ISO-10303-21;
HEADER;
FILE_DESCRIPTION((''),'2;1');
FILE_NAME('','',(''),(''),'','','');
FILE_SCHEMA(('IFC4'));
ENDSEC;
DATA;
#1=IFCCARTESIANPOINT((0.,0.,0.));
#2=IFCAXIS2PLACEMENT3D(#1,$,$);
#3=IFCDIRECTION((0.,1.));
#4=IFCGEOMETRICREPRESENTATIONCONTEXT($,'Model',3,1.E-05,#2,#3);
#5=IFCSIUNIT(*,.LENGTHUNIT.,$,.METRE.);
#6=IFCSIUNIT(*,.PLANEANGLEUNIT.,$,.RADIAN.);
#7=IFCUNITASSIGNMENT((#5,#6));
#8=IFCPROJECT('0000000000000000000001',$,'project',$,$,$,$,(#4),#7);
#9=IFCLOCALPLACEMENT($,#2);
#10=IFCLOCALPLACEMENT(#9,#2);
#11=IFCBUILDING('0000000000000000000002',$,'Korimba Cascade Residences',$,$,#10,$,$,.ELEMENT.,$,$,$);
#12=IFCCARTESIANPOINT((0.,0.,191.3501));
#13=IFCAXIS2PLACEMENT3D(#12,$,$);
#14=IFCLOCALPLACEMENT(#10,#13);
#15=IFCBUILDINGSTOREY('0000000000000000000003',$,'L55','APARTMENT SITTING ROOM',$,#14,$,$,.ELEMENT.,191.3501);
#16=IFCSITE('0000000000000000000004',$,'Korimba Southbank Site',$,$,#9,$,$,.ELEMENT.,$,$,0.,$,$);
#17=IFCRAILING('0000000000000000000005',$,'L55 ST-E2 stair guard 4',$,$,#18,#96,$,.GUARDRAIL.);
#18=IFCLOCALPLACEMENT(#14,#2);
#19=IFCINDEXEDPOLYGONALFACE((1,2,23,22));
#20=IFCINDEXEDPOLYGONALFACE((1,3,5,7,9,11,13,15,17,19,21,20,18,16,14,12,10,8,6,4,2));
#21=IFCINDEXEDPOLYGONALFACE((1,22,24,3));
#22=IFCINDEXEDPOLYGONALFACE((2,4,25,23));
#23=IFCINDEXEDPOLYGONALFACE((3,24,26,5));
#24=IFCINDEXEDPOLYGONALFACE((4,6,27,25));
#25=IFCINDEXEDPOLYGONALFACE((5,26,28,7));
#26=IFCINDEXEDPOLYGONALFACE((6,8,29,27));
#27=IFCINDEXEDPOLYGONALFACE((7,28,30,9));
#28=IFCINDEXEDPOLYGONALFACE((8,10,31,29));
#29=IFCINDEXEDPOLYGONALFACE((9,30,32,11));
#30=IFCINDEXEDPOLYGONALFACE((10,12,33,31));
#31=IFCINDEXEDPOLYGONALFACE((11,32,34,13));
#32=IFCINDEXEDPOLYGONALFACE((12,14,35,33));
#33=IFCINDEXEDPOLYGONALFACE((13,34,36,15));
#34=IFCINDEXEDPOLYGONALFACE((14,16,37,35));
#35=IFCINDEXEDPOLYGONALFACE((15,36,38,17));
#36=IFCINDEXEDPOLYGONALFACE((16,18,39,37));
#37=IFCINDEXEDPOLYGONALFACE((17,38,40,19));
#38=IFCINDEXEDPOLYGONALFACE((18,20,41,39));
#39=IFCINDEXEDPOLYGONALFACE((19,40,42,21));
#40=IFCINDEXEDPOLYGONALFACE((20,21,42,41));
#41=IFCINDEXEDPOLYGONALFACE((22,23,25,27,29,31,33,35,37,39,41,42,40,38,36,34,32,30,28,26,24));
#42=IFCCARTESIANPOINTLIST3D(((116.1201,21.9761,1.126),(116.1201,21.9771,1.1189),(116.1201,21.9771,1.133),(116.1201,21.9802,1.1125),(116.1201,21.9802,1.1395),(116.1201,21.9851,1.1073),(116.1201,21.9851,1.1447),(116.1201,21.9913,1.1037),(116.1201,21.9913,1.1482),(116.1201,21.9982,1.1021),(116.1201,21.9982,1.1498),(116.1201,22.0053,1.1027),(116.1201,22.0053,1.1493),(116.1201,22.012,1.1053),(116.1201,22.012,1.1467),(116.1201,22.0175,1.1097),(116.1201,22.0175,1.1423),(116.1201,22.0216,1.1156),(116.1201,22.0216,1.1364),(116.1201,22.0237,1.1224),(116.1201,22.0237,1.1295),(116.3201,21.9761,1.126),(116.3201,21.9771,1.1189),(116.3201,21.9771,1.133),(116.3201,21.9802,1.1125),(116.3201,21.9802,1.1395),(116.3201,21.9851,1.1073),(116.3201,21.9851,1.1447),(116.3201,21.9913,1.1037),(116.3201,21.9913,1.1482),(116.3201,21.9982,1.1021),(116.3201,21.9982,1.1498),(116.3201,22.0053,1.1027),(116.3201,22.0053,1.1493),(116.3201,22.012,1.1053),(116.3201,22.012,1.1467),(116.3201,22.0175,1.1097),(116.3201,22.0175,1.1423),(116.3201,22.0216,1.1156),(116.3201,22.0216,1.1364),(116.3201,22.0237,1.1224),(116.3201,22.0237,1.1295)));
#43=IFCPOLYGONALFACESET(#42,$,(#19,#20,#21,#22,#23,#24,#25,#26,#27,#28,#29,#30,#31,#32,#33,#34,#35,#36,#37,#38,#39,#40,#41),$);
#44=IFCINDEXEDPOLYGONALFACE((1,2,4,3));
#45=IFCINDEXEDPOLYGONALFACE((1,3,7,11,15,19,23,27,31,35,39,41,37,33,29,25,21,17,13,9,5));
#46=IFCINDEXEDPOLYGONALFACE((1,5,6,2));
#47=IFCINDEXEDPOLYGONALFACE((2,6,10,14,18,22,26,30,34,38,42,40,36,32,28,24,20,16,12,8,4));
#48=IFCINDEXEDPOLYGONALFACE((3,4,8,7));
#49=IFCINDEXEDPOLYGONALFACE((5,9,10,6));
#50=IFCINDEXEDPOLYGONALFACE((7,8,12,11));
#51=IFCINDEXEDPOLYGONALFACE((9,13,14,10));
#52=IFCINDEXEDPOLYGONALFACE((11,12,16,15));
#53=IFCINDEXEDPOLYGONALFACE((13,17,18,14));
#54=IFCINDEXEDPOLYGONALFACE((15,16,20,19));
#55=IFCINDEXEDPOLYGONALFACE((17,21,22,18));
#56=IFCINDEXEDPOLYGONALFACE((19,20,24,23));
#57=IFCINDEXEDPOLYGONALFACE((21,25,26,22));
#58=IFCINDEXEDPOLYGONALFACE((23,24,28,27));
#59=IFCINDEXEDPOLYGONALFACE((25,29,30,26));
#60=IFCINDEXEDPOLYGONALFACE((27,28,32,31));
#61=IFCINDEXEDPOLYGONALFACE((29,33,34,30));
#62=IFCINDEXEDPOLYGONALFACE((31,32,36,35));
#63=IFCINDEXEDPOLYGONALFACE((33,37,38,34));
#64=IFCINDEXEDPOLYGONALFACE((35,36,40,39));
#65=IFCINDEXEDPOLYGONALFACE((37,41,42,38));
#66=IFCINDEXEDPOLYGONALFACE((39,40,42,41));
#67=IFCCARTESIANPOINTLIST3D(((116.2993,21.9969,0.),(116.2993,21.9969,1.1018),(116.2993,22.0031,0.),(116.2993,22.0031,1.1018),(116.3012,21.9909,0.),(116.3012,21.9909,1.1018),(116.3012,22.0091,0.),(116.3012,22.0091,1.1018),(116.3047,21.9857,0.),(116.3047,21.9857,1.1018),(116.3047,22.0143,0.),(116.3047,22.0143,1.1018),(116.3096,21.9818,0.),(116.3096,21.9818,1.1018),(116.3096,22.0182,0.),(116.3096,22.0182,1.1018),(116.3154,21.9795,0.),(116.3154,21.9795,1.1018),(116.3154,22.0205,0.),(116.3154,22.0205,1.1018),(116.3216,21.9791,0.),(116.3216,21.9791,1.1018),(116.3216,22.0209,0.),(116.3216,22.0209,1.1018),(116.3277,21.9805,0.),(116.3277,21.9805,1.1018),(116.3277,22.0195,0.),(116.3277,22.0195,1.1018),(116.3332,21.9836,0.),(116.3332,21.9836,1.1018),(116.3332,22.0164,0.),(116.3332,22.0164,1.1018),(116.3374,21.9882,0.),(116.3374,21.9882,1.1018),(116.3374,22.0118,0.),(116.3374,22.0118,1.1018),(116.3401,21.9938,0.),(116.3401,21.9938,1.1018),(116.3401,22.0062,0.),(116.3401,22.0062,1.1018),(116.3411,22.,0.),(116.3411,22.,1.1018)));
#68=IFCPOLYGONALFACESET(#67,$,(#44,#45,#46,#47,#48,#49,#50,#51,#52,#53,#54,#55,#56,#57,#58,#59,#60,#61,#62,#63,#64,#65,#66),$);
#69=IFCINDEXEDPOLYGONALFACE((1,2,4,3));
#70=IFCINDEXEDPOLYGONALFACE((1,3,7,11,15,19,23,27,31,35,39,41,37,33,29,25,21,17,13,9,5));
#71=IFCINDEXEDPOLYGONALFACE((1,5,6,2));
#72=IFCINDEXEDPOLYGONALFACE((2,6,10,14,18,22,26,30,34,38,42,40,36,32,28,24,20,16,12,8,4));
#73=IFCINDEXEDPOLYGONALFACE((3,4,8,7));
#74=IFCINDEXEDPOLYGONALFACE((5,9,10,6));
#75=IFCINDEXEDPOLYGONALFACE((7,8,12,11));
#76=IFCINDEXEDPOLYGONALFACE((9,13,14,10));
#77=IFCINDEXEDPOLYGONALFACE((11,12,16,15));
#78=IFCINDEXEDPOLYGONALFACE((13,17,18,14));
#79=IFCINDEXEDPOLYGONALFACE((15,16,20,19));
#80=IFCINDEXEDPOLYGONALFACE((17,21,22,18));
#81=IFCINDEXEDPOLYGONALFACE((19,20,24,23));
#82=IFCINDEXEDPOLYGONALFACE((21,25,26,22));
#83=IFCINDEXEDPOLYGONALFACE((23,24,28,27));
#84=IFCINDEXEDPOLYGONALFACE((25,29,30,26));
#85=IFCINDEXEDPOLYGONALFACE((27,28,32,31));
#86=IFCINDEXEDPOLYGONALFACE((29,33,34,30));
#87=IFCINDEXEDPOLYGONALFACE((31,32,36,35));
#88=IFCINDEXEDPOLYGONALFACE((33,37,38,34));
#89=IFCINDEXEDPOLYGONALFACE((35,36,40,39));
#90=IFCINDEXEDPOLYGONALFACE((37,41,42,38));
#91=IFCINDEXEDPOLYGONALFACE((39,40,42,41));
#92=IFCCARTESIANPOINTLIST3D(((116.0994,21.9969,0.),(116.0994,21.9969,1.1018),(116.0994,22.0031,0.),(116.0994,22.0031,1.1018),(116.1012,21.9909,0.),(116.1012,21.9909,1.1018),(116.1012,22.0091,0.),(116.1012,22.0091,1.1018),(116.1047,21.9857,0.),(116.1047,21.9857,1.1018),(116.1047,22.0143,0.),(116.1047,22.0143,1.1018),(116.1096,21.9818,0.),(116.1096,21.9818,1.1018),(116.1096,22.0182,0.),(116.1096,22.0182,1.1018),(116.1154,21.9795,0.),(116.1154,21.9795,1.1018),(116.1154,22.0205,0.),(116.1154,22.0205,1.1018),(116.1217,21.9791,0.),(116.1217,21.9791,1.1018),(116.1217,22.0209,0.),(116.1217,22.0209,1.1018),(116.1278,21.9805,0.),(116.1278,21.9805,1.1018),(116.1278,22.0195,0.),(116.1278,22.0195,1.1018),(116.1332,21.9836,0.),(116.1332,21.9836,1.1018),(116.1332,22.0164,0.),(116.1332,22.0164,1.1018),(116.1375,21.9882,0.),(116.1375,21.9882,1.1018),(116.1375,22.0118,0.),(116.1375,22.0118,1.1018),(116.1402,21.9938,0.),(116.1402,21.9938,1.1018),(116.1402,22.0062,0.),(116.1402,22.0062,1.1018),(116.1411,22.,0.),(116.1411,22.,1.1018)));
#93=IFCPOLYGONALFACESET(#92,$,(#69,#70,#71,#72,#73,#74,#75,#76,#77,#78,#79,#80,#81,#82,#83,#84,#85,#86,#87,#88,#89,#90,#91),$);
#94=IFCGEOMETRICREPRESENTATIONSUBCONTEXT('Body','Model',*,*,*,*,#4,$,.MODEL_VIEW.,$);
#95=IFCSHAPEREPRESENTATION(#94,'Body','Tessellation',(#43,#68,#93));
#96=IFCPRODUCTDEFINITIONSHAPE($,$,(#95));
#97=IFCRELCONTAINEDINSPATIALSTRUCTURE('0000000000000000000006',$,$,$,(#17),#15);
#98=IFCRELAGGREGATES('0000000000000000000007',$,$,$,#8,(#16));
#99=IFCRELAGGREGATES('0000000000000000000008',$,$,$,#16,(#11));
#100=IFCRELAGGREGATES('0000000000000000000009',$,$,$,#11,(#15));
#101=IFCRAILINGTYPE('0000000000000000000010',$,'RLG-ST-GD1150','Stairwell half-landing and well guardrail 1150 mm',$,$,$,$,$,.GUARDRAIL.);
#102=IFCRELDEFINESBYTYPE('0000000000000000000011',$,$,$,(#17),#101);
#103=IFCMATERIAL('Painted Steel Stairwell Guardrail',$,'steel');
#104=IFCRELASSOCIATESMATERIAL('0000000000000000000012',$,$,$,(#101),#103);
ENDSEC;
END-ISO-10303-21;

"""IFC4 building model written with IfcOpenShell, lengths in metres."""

from ifc_helpers import new_model, si_unit, direction, frame, origin, origin_2d, place, context, subcontext, project, spatial, circle, extrude, material, type_object, element, save


model = new_model("IFC4")

# Units and contexts
model_context = context("Model", 3, precision=1e-05, world=origin(), true_north=direction((0.0, 1.0)))
body_context = subcontext(model_context, "Body", "Model", "MODEL_VIEW")
ifc_project = project(units=[si_unit("LENGTHUNIT", "METRE"), si_unit("PLANEANGLEUNIT", "RADIAN")], contexts=[model_context])

# Site, building, storey
site_placement = place(None, origin())
site = spatial("IfcSite", under=ifc_project, at=site_placement, Name="Korimba Southbank Site", CompositionType="ELEMENT", RefElevation=0.0)
building_placement = place(site_placement, origin())
building = spatial("IfcBuilding", under=site, at=building_placement, Name="Korimba Cascade Residences", CompositionType="ELEMENT")
storey_placement = place(building_placement, frame((0.0, 0.0, 191.3501)))
storey = spatial("IfcBuildingStorey", under=building, at=storey_placement, Name="L55", Description="APARTMENT SITTING ROOM", CompositionType="ELEMENT", Elevation=191.3501)

# Railing
ifc_material_1 = material(Name="Painted Steel Stairwell Guardrail", Category="steel")
railing_type_1 = type_object("IfcRailingType", Name="RLG-ST-GD1150", Description="Stairwell half-landing and well guardrail 1150 mm", PredefinedType="GUARDRAIL", material=ifc_material_1)
railing_1_placement = place(storey_placement, frame((116.3201, 22.0, 0.0)))
element("IfcRailing", 1, at=railing_1_placement, inside=storey, type_object=railing_type_1, Name="L55 ST-E2 stair guard 4", PredefinedType="GUARDRAIL", context=body_context, shape_type="SweptSolid", body=[
    extrude(circle(Radius=0.0239, at=origin_2d()), frame((0.0, 0.0, 1.126), z_axis=(-1.0, 0.0, 0.0), x_axis=(0.0, -1.0, 0.0)), (0.0, 0.0, 1.0), 0.2),
    extrude(circle(Radius=0.021, at=origin_2d()), origin(), (0.0, 0.0, 1.0), 1.1018),
    extrude(circle(Radius=0.021, at=origin_2d()), frame((-0.2, 0.0, 0.0)), (0.0, 0.0, 1.0), 1.1018),
])

save(model, "model.ifc")
